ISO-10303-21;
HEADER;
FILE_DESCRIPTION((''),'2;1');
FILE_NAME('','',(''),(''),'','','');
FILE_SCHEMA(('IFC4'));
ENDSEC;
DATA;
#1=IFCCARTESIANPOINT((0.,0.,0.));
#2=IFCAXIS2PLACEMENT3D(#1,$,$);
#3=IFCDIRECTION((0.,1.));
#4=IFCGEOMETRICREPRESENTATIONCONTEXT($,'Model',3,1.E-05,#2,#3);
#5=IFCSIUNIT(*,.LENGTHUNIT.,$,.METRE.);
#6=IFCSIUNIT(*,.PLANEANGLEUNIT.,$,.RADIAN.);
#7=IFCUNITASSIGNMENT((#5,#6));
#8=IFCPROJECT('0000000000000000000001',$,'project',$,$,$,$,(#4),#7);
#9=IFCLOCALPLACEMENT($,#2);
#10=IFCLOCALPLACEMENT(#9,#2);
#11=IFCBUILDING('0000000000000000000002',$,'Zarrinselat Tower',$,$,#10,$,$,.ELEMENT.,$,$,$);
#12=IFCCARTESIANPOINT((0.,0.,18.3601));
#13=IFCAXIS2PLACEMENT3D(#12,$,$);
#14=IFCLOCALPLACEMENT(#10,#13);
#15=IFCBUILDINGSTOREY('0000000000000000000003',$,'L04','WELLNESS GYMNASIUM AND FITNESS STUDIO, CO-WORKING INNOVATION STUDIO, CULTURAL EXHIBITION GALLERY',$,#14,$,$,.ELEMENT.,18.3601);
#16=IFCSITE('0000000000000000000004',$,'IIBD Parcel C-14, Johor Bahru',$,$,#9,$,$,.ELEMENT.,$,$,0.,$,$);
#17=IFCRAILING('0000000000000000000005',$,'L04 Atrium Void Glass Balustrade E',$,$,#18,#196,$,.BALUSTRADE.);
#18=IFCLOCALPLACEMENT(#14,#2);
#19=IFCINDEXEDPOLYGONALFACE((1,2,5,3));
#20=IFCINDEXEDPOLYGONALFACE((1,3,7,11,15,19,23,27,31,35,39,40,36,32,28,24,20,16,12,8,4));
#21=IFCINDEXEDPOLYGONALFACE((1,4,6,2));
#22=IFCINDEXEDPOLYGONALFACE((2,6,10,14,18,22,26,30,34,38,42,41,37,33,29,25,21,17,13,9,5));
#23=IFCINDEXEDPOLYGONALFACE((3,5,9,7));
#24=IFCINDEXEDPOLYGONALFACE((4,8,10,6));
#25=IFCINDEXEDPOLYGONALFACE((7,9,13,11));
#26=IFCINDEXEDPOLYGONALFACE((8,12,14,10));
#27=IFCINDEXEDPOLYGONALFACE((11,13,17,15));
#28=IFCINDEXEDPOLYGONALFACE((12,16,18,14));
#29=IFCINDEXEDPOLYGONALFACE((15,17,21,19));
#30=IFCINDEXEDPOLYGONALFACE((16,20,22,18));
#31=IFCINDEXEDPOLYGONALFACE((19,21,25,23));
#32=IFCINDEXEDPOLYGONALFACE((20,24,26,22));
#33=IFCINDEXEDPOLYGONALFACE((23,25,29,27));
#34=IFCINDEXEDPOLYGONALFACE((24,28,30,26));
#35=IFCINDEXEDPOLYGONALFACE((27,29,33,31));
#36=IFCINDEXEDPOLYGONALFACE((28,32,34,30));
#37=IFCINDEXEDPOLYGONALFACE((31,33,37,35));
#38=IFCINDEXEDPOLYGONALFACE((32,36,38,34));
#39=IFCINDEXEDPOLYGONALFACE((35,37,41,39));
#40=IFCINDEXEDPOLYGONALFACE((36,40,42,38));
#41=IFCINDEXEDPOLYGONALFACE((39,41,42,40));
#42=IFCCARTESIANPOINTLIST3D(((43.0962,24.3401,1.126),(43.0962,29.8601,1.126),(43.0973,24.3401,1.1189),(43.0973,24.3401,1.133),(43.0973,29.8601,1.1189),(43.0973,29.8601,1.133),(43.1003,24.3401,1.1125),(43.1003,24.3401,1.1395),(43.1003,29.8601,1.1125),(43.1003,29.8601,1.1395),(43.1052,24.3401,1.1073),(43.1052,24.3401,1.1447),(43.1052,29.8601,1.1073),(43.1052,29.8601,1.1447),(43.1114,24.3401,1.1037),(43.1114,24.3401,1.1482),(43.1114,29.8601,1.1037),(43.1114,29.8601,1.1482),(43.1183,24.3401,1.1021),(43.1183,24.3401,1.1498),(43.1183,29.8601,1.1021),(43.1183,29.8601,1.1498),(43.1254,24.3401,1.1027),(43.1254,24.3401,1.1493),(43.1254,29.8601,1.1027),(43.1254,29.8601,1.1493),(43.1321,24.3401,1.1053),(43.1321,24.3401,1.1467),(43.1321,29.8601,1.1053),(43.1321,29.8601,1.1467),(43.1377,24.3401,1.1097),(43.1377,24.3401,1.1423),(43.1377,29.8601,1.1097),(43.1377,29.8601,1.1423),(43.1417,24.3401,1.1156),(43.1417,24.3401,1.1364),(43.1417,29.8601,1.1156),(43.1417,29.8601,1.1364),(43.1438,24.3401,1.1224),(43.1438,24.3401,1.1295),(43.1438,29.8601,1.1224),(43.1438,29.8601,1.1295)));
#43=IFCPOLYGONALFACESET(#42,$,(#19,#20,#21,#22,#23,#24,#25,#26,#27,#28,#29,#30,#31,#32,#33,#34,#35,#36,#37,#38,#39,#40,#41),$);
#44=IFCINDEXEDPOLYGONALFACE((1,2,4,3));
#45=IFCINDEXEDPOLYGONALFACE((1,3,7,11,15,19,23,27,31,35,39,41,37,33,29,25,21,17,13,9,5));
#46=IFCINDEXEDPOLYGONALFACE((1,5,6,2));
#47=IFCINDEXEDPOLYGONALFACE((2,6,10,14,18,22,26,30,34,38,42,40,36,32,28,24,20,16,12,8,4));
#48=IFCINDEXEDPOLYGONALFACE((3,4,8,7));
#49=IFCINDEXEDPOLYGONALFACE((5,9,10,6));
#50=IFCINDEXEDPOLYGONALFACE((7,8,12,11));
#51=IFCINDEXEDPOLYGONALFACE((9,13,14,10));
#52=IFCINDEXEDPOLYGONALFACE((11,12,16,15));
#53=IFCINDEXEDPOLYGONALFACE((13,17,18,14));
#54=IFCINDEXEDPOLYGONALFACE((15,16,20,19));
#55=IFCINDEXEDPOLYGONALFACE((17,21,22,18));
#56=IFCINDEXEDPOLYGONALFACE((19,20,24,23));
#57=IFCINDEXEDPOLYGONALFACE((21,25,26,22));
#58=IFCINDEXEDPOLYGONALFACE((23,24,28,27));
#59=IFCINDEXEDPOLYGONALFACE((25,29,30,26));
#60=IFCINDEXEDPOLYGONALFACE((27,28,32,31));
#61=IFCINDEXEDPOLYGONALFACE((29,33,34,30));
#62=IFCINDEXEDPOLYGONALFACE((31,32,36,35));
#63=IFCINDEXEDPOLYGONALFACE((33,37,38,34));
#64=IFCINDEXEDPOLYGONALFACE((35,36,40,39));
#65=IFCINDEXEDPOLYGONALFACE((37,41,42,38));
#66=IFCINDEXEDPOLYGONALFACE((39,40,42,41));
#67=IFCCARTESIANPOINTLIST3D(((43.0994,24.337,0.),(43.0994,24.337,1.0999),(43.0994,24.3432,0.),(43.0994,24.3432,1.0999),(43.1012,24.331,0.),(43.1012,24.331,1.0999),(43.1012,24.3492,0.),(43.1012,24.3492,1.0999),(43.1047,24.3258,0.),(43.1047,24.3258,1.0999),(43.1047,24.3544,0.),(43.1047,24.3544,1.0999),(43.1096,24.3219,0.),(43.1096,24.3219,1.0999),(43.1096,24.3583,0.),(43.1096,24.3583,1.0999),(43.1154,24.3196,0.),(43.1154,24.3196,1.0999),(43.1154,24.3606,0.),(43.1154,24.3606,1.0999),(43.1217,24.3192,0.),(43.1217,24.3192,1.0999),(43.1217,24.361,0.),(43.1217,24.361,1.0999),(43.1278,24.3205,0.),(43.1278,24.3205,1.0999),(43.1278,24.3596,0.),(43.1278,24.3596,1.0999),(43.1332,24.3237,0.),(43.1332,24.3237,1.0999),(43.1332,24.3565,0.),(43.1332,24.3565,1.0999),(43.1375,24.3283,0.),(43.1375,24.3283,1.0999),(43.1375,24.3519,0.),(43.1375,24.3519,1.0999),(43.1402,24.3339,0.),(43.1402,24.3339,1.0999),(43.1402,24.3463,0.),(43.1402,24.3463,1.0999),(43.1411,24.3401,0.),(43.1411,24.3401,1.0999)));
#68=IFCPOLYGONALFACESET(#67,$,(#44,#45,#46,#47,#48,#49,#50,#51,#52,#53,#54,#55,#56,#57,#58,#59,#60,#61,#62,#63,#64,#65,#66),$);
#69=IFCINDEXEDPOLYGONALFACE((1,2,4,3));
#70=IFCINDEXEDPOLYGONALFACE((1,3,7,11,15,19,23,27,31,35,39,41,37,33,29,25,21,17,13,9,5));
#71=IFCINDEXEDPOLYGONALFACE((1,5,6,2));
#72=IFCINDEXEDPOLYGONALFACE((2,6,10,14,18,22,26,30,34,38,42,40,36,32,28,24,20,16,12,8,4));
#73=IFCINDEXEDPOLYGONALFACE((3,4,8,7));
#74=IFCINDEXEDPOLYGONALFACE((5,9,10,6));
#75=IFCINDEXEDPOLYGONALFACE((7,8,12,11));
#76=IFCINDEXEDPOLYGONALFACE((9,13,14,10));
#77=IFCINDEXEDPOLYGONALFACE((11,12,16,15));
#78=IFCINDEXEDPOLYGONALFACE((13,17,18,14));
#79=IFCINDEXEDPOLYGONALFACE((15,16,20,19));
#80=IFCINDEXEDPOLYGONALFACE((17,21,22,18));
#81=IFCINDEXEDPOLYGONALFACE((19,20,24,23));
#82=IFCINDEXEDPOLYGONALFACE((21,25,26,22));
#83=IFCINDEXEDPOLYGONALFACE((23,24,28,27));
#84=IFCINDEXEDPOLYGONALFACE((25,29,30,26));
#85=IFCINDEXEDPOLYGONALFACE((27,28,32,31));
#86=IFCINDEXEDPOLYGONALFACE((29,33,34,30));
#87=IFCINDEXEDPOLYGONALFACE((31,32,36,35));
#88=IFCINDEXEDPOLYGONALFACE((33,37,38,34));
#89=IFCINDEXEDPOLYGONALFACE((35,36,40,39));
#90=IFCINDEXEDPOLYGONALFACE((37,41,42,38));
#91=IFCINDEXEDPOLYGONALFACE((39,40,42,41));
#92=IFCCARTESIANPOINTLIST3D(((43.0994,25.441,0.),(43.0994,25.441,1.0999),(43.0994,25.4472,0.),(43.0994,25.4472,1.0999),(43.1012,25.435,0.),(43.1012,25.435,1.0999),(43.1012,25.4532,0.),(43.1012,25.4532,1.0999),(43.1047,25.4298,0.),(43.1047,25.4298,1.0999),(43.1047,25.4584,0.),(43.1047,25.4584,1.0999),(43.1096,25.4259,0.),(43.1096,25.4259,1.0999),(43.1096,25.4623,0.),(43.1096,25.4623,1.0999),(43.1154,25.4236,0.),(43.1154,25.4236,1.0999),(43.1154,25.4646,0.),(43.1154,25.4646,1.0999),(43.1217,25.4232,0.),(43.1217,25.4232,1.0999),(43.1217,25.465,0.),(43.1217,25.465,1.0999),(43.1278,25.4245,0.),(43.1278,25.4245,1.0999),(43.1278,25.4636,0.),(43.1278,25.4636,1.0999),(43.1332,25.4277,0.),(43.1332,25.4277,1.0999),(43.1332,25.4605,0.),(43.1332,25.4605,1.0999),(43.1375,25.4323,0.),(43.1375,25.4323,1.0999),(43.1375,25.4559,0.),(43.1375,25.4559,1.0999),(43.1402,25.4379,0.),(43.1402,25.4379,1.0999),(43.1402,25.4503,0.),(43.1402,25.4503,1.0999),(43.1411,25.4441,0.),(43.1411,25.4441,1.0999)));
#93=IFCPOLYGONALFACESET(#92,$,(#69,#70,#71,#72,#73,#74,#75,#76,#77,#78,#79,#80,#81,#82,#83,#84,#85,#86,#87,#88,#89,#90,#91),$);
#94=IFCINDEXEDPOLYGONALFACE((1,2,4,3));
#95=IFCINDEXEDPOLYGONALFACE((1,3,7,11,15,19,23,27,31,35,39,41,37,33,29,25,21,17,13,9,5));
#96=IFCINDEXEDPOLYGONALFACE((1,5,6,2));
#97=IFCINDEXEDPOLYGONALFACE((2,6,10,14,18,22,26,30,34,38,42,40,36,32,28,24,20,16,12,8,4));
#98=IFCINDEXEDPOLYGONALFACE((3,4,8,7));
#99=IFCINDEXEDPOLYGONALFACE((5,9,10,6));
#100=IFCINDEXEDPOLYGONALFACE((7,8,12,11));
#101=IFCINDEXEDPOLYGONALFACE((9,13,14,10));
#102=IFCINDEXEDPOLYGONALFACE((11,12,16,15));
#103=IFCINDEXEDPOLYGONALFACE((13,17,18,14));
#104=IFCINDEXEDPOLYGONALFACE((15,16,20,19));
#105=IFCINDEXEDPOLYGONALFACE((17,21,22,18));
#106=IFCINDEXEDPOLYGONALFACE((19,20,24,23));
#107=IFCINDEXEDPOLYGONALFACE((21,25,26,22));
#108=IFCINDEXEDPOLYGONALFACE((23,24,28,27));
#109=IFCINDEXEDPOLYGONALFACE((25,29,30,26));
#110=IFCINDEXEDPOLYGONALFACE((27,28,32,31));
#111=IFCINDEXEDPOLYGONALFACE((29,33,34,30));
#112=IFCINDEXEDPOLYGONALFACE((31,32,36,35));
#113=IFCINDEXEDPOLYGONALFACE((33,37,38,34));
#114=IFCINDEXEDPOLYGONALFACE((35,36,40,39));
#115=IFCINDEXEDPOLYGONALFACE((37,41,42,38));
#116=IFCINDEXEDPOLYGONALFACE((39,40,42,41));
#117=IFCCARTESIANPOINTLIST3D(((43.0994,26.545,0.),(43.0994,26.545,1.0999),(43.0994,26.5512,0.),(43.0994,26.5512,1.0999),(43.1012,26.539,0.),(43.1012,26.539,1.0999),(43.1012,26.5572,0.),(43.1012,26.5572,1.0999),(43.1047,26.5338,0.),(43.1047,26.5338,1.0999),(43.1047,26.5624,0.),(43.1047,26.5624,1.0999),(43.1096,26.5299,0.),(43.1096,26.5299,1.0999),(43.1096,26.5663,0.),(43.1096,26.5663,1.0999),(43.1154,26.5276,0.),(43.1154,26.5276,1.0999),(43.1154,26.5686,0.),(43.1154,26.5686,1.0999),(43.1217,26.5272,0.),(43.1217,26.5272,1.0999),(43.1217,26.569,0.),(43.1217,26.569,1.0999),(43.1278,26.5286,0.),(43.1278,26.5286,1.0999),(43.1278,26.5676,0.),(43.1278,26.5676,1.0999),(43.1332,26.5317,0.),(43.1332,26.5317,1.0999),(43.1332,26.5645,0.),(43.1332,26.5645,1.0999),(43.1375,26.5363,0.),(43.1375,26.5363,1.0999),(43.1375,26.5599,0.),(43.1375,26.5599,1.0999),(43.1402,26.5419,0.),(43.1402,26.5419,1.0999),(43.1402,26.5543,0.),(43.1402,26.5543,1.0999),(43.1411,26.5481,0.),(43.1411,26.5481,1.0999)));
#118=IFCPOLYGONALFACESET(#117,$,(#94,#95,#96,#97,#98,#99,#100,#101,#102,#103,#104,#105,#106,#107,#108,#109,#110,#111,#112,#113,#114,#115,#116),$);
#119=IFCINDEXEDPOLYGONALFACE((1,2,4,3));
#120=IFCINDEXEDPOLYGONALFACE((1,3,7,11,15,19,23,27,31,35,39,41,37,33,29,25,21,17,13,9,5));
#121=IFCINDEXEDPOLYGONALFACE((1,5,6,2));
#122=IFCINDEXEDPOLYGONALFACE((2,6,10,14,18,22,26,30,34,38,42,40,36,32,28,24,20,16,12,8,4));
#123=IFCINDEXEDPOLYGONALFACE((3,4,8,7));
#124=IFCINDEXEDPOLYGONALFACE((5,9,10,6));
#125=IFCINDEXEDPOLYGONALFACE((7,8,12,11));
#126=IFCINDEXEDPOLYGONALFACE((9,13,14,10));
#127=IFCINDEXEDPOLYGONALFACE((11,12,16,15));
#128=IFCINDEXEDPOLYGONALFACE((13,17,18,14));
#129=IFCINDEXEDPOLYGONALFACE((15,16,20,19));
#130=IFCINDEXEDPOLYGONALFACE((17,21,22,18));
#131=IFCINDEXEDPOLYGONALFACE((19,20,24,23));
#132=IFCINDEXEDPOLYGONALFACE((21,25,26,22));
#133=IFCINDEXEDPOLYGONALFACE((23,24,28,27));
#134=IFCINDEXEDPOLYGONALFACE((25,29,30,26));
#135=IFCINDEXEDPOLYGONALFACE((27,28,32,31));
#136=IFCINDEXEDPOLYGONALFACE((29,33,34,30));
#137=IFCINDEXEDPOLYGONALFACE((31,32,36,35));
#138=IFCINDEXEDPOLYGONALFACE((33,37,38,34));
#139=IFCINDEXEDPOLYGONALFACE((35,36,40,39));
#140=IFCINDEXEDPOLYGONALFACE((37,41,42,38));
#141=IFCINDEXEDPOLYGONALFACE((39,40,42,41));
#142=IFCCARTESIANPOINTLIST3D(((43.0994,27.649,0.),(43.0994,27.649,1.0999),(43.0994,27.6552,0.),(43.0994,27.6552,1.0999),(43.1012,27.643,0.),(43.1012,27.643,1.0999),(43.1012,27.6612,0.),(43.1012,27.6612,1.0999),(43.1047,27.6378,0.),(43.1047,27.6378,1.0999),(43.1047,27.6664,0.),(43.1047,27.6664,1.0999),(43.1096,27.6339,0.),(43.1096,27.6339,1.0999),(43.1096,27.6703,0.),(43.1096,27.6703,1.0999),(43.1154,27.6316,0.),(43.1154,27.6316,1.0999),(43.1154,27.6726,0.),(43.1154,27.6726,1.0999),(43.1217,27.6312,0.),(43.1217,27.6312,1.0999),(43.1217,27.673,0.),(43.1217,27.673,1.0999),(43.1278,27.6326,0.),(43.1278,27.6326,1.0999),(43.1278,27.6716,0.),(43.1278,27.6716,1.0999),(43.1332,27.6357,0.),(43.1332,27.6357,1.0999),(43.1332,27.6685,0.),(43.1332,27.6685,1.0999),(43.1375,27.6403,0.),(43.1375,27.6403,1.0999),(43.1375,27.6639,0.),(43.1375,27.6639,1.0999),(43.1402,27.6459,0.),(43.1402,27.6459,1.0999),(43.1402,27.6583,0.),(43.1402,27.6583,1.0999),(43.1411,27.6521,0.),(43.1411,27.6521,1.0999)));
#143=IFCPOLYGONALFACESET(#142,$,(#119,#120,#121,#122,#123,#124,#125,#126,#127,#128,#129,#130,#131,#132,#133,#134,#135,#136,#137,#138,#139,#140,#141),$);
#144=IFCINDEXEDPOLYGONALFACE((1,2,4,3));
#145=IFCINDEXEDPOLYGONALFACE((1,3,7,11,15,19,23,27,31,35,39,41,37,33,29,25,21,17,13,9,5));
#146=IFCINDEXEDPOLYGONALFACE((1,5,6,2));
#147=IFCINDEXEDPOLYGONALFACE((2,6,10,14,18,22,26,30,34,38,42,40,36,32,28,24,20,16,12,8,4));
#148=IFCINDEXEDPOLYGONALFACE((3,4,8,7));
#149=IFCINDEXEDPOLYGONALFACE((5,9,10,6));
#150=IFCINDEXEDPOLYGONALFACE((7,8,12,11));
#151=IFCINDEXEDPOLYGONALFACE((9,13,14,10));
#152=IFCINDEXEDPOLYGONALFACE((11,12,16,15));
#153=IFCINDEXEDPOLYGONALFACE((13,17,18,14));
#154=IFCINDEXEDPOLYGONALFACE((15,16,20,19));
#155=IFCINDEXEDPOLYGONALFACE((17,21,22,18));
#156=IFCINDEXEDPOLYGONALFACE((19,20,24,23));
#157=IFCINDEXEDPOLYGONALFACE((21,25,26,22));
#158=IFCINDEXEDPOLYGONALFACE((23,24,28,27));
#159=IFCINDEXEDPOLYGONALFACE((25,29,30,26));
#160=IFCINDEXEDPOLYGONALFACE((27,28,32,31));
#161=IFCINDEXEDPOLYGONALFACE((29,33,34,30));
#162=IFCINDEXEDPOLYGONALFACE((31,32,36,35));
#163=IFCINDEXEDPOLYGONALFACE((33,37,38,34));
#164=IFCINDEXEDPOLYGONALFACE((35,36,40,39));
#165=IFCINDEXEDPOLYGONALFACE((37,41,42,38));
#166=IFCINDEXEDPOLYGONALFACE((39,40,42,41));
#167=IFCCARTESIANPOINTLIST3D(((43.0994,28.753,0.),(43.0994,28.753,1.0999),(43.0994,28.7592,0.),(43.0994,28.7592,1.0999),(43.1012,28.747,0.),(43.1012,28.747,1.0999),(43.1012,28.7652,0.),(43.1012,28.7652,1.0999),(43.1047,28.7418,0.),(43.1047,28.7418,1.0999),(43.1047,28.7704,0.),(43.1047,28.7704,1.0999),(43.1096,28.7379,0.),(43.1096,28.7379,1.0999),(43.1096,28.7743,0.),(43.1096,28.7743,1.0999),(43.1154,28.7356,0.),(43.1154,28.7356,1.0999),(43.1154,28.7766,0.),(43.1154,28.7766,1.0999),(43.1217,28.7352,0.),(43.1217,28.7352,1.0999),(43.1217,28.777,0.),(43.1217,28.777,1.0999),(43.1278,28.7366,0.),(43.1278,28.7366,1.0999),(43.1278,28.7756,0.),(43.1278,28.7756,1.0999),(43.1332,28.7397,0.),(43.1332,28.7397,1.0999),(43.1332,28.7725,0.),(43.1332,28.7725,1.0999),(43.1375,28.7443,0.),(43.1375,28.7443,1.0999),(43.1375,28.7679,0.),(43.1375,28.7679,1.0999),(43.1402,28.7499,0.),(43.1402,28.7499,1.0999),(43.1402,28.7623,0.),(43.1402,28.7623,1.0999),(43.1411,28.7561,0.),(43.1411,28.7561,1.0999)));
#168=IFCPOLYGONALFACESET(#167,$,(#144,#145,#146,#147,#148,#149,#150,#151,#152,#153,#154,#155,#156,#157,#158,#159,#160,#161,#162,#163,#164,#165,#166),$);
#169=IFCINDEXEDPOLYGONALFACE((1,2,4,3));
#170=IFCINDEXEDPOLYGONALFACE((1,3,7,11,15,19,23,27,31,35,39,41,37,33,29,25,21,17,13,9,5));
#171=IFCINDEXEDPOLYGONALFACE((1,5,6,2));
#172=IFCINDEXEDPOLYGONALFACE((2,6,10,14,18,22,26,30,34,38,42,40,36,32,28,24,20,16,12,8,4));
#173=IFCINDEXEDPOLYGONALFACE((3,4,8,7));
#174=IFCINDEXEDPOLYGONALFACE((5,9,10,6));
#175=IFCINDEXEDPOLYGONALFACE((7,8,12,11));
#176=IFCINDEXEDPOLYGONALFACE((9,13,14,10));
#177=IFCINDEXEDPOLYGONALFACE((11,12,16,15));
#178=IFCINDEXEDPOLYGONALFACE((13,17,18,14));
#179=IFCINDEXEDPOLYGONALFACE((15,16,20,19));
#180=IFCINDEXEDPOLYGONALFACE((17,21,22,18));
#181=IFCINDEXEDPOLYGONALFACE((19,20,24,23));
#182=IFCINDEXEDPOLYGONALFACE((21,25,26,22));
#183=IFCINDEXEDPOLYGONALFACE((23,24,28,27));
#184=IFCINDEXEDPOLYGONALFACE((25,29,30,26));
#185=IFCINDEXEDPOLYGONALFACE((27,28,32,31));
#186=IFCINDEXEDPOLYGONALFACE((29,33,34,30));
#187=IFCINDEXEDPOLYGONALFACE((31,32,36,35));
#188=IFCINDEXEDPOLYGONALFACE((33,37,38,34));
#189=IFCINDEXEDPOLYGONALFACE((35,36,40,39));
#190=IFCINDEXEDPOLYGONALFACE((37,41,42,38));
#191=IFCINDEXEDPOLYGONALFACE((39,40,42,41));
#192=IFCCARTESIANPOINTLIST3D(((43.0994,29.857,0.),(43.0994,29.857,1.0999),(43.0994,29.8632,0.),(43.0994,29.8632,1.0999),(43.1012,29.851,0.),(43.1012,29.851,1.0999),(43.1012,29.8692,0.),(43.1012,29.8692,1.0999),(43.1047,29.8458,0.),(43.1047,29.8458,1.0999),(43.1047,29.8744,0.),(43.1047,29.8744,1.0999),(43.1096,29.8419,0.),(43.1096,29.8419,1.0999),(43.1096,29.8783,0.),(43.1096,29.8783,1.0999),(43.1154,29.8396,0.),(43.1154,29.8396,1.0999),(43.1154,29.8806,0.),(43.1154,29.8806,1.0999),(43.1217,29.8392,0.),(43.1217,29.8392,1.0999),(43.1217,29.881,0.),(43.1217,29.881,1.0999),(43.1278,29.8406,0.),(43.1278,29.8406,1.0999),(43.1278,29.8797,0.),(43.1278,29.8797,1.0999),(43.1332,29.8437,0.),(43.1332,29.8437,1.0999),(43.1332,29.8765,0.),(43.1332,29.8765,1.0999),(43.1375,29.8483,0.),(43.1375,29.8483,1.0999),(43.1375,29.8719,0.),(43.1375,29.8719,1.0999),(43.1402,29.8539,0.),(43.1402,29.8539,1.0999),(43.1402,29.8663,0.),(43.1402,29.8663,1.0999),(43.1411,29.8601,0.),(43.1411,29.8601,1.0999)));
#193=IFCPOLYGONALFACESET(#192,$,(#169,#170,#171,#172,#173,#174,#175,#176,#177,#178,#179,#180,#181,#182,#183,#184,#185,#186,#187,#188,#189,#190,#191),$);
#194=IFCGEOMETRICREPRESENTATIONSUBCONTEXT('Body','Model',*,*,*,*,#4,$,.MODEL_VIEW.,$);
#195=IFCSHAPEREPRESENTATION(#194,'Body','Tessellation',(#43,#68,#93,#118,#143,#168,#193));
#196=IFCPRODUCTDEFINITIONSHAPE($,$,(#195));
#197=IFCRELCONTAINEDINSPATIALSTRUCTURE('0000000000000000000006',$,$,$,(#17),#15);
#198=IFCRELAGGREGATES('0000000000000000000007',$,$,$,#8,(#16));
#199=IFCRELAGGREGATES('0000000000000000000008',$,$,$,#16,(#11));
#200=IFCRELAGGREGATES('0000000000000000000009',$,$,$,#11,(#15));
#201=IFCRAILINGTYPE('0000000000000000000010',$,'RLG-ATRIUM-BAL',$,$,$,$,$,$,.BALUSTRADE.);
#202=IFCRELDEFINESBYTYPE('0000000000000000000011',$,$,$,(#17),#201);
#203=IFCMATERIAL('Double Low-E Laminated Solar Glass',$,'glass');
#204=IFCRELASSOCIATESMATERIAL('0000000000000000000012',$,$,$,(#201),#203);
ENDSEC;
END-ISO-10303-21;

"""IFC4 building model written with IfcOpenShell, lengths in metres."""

from ifc_helpers import new_model, si_unit, direction, frame, origin, origin_2d, place, context, subcontext, project, spatial, circle, extrude, material, type_object, element, save


model = new_model("IFC4")

# Units and contexts
model_context = context("Model", 3, precision=1e-05, world=origin(), true_north=direction((0.0, 1.0)))
body_context = subcontext(model_context, "Body", "Model", "MODEL_VIEW")
ifc_project = project(units=[si_unit("LENGTHUNIT", "METRE"), si_unit("PLANEANGLEUNIT", "RADIAN")], contexts=[model_context])

# Site, building, storey
site_placement = place(None, origin())
site = spatial("IfcSite", under=ifc_project, at=site_placement, Name="IIBD Parcel C-14, Johor Bahru", CompositionType="ELEMENT", RefElevation=0.0)
building_placement = place(site_placement, origin())
building = spatial("IfcBuilding", under=site, at=building_placement, Name="Zarrinselat Tower", CompositionType="ELEMENT")
storey_placement = place(building_placement, frame((0.0, 0.0, 18.3601)))
storey = spatial("IfcBuildingStorey", under=building, at=storey_placement, Name="L04", Description="WELLNESS GYMNASIUM AND FITNESS STUDIO, CO-WORKING INNOVATION STUDIO, CULTURAL EXHIBITION GALLERY", CompositionType="ELEMENT", Elevation=18.3601)

# Railing
ifc_material_1 = material(Name="Double Low-E Laminated Solar Glass", Category="glass")
railing_type = type_object("IfcRailingType", Name="RLG-ATRIUM-BAL", PredefinedType="BALUSTRADE", material=ifc_material_1)
railing_placement = place(storey_placement, frame((43.1201, 24.3401, 0.0)))
element("IfcRailing", 1, at=railing_placement, inside=storey, type_object=railing_type, Name="L04 Atrium Void Glass Balustrade E", PredefinedType="BALUSTRADE", context=body_context, shape_type="SweptSolid", body=[
    extrude(circle(Radius=0.0239, at=origin_2d()), frame((0.0, 0.0, 1.126), z_axis=(0.0, 1.0, 0.0), x_axis=(-1.0, 0.0, 0.0)), (0.0, 0.0, 1.0), 5.52),
    extrude(circle(Radius=0.021, at=origin_2d()), origin(), (0.0, 0.0, 1.0), 1.0999),
    extrude(circle(Radius=0.021, at=origin_2d()), frame((0.0, 1.104, 0.0)), (0.0, 0.0, 1.0), 1.0999),
    extrude(circle(Radius=0.021, at=origin_2d()), frame((0.0, 2.208, 0.0)), (0.0, 0.0, 1.0), 1.0999),
    extrude(circle(Radius=0.021, at=origin_2d()), frame((0.0, 3.312, 0.0)), (0.0, 0.0, 1.0), 1.0999),
    extrude(circle(Radius=0.021, at=origin_2d()), frame((0.0, 4.416, 0.0)), (0.0, 0.0, 1.0), 1.0999),
    extrude(circle(Radius=0.021, at=origin_2d()), frame((0.0, 5.52, 0.0)), (0.0, 0.0, 1.0), 1.0999),
])

save(model, "model.ifc")
